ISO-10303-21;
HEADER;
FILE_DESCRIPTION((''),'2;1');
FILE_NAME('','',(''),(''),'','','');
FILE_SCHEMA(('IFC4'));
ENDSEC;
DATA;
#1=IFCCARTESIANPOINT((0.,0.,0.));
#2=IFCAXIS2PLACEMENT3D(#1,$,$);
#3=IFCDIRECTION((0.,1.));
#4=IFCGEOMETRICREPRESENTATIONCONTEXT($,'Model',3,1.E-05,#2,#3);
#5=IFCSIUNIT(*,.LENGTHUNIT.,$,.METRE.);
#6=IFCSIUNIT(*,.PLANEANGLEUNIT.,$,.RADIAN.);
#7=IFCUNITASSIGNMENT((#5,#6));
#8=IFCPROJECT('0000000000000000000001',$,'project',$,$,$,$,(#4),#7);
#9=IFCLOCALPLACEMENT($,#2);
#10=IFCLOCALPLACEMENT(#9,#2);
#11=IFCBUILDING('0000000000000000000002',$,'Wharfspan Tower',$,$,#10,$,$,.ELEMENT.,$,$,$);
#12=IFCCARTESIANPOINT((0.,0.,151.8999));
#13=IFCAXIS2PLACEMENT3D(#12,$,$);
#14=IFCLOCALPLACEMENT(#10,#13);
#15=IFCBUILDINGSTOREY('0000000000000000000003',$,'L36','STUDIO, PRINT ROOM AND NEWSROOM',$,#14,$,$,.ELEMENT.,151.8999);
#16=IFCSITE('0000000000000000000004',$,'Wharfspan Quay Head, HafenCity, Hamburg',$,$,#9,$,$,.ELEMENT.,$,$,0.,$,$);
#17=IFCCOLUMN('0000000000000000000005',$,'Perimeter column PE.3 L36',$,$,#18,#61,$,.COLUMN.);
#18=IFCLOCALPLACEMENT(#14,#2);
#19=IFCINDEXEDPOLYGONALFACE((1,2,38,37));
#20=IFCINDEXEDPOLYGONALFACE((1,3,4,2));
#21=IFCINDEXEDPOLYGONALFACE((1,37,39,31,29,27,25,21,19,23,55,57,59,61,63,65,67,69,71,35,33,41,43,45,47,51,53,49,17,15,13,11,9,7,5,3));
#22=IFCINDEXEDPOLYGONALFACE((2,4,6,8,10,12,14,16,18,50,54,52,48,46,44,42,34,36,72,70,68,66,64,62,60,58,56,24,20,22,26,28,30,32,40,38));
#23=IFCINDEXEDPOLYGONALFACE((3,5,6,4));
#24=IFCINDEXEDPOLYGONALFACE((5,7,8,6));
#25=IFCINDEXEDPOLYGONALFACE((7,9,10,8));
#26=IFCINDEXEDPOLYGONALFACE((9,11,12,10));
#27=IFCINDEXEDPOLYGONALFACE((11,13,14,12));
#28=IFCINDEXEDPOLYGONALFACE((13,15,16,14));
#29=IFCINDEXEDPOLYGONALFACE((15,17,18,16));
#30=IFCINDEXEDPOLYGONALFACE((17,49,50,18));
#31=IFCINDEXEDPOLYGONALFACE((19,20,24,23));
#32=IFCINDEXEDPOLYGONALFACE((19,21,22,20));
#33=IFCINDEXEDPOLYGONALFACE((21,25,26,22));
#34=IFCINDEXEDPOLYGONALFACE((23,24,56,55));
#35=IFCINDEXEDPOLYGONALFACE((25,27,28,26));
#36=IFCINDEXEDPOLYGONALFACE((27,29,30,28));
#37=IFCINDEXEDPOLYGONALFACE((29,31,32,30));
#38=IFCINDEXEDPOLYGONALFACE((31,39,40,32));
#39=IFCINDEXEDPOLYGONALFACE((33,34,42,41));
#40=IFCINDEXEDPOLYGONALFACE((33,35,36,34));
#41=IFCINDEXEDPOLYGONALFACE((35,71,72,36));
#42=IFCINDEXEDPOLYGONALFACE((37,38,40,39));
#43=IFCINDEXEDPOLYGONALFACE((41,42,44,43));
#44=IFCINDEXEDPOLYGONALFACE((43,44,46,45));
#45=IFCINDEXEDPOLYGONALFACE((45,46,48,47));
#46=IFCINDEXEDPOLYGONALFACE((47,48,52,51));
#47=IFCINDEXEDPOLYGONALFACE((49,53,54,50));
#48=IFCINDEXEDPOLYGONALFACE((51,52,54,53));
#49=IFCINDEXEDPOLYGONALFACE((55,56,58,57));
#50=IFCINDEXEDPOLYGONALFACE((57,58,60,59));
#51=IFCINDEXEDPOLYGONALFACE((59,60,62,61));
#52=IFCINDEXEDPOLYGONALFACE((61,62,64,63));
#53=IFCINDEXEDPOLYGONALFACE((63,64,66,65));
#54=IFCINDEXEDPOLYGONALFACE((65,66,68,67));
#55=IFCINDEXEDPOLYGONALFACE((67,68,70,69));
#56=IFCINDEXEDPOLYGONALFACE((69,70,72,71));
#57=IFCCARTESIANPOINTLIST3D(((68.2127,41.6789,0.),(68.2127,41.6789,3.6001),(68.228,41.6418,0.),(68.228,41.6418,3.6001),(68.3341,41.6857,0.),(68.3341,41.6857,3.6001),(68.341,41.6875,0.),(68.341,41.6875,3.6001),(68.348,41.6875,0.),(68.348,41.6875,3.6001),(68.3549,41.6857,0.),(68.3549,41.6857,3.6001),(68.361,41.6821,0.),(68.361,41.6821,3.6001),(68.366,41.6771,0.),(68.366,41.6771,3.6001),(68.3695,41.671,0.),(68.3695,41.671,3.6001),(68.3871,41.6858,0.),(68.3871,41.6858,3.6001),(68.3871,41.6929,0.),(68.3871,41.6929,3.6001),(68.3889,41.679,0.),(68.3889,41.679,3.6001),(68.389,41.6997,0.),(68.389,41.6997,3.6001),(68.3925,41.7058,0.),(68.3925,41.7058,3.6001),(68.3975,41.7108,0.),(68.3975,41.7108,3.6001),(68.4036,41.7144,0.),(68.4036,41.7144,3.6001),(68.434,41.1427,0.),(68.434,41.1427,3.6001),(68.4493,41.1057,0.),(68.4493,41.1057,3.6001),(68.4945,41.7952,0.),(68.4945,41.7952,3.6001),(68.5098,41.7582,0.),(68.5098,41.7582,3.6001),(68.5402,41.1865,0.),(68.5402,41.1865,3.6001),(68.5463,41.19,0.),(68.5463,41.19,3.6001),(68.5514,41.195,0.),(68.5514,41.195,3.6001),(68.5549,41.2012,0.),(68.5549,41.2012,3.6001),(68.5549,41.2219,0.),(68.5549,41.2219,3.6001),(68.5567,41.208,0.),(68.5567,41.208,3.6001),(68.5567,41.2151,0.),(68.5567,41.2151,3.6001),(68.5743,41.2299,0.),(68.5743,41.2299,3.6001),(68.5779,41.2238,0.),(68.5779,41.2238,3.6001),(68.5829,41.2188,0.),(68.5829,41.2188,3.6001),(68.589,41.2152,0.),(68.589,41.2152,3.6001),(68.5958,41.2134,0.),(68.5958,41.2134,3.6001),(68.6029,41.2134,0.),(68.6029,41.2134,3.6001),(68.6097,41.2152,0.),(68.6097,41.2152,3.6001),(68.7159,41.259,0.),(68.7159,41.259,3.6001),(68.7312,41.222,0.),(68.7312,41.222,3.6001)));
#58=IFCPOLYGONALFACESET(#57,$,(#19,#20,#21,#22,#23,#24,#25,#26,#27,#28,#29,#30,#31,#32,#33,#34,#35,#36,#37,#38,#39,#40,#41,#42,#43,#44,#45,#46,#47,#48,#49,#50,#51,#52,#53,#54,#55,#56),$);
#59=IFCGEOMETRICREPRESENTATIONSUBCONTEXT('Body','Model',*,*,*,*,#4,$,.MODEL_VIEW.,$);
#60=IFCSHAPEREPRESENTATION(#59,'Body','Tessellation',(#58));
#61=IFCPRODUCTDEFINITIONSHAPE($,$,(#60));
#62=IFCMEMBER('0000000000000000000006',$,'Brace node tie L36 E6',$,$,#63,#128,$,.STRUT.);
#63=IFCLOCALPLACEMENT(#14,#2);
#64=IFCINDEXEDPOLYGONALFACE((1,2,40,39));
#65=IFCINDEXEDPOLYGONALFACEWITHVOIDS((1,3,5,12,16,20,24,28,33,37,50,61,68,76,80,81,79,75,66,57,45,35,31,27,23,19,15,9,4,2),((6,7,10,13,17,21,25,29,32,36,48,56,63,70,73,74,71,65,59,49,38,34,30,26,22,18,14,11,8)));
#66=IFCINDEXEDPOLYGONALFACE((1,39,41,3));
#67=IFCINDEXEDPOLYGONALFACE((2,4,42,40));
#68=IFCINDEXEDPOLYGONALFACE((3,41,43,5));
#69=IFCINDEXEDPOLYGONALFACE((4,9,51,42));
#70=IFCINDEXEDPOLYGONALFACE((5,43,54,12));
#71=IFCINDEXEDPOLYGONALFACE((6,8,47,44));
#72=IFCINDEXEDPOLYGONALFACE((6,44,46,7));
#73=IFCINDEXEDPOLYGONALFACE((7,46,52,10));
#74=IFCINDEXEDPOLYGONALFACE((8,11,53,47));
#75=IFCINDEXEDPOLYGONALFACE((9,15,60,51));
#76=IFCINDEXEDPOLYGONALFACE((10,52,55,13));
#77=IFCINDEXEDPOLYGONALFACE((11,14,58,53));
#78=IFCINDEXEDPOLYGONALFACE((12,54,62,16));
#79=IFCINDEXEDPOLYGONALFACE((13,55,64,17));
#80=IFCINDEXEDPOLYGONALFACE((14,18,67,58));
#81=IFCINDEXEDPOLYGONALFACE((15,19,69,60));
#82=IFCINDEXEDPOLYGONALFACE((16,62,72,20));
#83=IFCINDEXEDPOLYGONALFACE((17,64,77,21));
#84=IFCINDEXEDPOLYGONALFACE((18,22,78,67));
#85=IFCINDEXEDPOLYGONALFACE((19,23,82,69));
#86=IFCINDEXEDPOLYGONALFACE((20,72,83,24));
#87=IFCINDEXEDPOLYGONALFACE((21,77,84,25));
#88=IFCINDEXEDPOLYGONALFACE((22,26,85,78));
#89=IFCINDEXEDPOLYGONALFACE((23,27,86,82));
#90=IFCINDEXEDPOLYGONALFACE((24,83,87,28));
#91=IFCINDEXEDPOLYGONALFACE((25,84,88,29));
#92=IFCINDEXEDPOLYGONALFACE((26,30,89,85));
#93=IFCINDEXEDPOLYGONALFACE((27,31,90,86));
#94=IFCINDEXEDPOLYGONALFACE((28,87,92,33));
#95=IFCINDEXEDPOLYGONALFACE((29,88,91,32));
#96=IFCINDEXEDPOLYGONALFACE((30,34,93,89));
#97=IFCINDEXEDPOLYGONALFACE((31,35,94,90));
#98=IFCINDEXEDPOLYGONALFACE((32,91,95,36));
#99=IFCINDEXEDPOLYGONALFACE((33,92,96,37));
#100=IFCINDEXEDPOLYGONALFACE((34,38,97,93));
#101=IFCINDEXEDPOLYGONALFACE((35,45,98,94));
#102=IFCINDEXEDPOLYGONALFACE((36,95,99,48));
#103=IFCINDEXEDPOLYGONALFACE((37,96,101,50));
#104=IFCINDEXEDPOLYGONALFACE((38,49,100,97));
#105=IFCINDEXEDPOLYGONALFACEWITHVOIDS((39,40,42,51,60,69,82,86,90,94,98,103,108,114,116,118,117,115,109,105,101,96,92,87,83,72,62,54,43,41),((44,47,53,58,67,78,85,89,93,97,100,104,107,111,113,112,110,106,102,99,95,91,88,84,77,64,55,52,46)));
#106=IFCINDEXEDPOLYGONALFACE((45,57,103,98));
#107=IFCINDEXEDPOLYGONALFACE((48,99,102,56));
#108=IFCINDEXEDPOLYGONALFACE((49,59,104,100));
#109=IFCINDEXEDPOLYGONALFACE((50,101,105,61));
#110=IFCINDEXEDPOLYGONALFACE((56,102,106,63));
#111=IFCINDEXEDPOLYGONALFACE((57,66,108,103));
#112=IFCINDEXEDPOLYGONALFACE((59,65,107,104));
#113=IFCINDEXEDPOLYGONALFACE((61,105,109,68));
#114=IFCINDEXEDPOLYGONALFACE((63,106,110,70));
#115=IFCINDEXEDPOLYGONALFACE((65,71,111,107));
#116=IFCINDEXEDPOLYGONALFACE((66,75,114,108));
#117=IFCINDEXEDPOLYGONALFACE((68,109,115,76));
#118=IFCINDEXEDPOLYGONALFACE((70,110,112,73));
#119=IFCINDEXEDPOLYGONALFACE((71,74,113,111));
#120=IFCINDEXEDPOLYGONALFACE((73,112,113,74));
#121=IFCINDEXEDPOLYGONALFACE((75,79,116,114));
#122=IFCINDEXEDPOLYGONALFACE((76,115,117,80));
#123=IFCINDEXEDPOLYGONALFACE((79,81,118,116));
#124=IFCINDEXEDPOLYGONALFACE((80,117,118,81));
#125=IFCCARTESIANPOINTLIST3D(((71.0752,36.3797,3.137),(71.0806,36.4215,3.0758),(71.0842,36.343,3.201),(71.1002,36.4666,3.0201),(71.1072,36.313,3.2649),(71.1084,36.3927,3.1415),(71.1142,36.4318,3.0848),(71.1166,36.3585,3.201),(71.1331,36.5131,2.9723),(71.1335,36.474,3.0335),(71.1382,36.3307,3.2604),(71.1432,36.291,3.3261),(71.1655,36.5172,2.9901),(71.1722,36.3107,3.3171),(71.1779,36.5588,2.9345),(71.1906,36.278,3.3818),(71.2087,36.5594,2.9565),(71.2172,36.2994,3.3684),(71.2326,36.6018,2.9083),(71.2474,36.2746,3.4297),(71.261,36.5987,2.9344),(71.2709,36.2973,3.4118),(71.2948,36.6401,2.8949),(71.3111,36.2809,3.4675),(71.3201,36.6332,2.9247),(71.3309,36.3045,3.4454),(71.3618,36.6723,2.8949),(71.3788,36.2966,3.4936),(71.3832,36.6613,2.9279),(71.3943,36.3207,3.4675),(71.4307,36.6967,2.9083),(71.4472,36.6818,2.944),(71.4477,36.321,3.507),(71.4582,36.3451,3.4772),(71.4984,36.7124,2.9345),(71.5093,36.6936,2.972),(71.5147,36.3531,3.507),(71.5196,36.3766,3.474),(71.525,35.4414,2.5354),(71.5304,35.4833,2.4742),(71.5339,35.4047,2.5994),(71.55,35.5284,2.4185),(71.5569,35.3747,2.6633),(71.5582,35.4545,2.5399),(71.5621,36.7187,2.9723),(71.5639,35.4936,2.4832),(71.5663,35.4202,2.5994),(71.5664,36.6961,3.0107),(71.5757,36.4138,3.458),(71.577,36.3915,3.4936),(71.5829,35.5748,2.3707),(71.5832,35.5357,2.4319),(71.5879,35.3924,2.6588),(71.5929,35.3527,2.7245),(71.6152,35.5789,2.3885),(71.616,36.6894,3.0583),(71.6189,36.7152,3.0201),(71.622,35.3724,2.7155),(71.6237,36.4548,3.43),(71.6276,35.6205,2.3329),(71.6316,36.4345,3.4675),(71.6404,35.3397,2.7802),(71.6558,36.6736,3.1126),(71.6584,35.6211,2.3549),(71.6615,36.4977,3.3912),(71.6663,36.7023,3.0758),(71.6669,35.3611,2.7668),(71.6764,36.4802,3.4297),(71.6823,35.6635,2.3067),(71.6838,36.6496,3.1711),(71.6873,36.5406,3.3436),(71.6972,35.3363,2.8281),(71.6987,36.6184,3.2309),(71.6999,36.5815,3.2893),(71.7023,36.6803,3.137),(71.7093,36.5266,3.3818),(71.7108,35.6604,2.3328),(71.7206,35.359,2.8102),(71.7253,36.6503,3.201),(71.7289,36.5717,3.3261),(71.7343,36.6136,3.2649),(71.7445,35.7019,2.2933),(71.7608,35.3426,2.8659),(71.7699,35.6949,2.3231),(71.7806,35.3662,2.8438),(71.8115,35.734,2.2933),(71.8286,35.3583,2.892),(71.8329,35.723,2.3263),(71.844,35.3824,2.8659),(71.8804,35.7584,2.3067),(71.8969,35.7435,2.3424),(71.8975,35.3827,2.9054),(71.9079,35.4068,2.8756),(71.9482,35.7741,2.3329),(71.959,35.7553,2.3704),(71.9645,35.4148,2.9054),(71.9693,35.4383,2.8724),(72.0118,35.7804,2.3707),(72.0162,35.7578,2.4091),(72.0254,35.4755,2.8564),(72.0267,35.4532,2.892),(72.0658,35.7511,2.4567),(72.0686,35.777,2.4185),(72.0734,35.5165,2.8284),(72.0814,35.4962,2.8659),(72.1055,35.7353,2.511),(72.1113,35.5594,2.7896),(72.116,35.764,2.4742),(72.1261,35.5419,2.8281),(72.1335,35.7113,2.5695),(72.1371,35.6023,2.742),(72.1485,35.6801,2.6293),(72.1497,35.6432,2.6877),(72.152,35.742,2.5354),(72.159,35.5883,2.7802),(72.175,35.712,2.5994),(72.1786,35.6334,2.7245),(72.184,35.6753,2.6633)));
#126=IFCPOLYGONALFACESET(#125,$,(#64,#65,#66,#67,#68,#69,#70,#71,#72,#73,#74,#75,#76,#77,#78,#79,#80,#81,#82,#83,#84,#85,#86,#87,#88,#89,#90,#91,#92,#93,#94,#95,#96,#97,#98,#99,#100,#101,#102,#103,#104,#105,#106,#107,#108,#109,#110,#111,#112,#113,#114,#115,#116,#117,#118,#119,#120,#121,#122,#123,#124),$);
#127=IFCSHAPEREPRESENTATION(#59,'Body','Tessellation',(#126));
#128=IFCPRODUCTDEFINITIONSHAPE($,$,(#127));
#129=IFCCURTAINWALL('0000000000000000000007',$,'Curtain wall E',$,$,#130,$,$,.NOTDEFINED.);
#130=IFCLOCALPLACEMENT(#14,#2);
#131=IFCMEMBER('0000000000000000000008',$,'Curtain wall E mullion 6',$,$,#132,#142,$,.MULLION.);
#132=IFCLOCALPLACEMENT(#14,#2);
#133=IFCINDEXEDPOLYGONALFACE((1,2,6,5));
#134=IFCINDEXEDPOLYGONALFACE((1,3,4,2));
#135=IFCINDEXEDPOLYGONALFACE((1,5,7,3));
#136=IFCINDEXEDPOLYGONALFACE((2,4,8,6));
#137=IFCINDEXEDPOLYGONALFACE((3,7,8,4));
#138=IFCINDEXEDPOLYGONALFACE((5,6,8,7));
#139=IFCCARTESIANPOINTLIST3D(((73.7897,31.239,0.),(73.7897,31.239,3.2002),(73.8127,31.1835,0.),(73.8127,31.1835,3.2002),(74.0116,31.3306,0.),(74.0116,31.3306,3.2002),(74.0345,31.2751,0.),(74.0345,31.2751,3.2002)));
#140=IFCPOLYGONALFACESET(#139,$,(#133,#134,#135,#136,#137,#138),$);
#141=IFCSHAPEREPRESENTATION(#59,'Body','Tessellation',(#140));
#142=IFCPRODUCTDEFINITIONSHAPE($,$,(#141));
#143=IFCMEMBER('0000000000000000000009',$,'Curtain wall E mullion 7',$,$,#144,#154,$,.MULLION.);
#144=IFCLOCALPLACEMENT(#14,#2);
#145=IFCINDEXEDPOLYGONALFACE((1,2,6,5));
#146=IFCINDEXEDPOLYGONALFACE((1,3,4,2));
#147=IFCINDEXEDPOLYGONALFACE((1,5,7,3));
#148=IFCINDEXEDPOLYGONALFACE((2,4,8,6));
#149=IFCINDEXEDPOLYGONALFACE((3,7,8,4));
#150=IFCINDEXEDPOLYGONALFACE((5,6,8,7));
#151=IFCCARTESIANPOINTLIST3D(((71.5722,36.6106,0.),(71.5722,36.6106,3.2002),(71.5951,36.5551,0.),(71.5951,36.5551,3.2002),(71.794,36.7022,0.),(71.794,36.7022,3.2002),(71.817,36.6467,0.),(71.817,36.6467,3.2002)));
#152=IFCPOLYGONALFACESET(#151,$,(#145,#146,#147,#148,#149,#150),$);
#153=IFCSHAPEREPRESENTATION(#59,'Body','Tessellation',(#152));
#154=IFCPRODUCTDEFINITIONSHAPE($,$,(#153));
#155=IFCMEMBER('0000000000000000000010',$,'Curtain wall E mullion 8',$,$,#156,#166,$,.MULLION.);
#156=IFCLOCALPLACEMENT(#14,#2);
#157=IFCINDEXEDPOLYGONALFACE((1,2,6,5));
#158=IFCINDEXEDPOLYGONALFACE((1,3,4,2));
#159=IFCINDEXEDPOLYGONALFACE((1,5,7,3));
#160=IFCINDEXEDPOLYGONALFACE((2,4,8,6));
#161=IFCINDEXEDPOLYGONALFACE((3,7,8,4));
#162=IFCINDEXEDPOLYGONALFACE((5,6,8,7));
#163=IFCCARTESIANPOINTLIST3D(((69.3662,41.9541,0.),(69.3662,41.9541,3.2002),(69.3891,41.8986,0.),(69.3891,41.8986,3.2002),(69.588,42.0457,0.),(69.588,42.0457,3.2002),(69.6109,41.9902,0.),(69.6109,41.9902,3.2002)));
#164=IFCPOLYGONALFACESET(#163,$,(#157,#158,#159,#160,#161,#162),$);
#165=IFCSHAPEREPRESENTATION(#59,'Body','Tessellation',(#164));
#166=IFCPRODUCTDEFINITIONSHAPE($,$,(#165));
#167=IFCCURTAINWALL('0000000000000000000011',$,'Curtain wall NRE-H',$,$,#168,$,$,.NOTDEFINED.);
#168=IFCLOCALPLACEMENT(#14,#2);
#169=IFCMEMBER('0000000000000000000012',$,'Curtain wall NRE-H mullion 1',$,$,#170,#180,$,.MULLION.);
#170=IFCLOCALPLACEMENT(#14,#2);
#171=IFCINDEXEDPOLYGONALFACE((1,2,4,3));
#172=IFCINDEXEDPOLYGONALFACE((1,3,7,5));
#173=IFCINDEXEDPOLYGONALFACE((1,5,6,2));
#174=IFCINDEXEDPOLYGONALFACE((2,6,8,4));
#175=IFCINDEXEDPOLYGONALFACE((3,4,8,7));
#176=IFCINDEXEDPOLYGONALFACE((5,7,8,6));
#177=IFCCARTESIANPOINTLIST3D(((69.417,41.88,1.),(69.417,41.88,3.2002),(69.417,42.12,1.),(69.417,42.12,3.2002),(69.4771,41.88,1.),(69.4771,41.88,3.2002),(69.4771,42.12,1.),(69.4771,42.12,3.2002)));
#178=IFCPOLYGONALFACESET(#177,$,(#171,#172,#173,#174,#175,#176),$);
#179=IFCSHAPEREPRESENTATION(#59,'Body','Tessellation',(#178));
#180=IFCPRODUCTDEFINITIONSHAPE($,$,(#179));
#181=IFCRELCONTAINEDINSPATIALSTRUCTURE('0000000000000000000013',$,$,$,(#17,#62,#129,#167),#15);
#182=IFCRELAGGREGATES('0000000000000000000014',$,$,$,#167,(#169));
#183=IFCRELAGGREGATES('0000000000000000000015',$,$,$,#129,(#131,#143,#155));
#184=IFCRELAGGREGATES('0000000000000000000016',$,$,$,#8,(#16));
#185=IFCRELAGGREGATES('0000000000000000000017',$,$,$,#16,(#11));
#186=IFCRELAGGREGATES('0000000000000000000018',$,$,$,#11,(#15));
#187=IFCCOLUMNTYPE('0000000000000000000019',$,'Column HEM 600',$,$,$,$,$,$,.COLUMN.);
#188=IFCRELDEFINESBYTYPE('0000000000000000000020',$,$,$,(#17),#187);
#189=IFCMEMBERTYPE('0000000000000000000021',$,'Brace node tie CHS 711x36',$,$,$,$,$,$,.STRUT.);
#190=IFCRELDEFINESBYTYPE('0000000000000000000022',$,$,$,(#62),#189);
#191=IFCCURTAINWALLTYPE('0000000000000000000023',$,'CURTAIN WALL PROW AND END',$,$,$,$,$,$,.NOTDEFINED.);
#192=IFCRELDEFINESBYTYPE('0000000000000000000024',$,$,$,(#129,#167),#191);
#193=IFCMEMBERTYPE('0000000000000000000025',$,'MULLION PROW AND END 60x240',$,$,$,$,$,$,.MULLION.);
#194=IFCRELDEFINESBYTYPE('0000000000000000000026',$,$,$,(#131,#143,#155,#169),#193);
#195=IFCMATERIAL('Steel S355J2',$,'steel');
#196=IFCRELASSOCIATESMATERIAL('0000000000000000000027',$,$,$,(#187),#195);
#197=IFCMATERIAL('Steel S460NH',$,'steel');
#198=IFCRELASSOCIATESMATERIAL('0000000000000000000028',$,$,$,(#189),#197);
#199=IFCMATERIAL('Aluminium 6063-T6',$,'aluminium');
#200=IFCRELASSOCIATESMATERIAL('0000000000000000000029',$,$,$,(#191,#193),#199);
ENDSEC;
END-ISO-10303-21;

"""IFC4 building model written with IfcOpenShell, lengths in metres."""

from ifc_helpers import new_model, si_unit, direction, frame, origin, origin_2d, place, context, subcontext, project, spatial, rectangle, hollow_circle, i_section, extrude, material, material_profile, profile_set, type_object, element, aggregate, save


model = new_model("IFC4")

# Units and contexts
model_context = context("Model", 3, precision=1e-05, world=origin(), true_north=direction((0.0, 1.0)))
body_context = subcontext(model_context, "Body", "Model", "MODEL_VIEW")
ifc_project = project(units=[si_unit("LENGTHUNIT", "METRE"), si_unit("PLANEANGLEUNIT", "RADIAN")], contexts=[model_context])

# Site, building, storey
site_placement = place(None, origin())
site = spatial("IfcSite", under=ifc_project, at=site_placement, Name="Wharfspan Quay Head, HafenCity, Hamburg", CompositionType="ELEMENT", RefElevation=0.0)
building_placement = place(site_placement, origin())
building = spatial("IfcBuilding", under=site, at=building_placement, Name="Wharfspan Tower", CompositionType="ELEMENT")
storey_placement = place(building_placement, frame((0.0, 0.0, 151.8999)))
storey = spatial("IfcBuildingStorey", under=building, at=storey_placement, Name="L36", Description="STUDIO, PRINT ROOM AND NEWSROOM", CompositionType="ELEMENT", Elevation=151.8999)

# Column
ifc_material_1 = material(Name="Steel S355J2", Category="steel")
ifc_material_profile_1 = material_profile(ifc_material_1, i_section(OverallWidth=0.3049, OverallDepth=0.6201, WebThickness=0.021, FlangeThickness=0.04, FilletRadius=0.0271, at=origin_2d()))
ifc_profile_set_1 = profile_set([ifc_material_profile_1], Name="Steel S355J2")
column_type = type_object("IfcColumnType", Name="Column HEM 600", PredefinedType="COLUMN", material=ifc_profile_set_1)
column_placement = place(storey_placement, frame((68.4719, 41.4504, 0.0), z_axis=(0.0, 0.0, 1.0), x_axis=(0.924325, 0.381602, 0.0)))
element("IfcColumn", 1, at=column_placement, inside=storey, type_object=column_type, Name="Perimeter column PE.3 L36", PredefinedType="COLUMN", context=body_context, shape_type="SweptSolid", body=[
    extrude(i_section(OverallWidth=0.3049, OverallDepth=0.6201, WebThickness=0.021, FlangeThickness=0.04, FilletRadius=0.0271, at=origin_2d()), origin(), (0.0, 0.0, 1.0), 3.6001),
])

# Member
ifc_material_2 = material(Name="Steel S460NH", Category="steel")
ifc_material_profile_2 = material_profile(ifc_material_2, hollow_circle(Radius=0.3555, WallThickness=0.0359, at=origin_2d()))
ifc_profile_set_2 = profile_set([ifc_material_profile_2], Name="Steel S460NH")
member_type_1 = type_object("IfcMemberType", Name="Brace node tie CHS 711x36", PredefinedType="STRUT", material=ifc_profile_set_2)
member_1_placement = place(storey_placement, frame((71.8545, 35.5583, 2.5994), z_axis=(-0.374185, 0.78067, 0.500539), x_axis=(-0.901769, -0.432228, -0.000002)))
element("IfcMember", 2, at=member_1_placement, inside=storey, type_object=member_type_1, Name="Brace node tie L36 E6", PredefinedType="STRUT", context=body_context, shape_type="SweptSolid", body=[
    extrude(hollow_circle(Radius=0.3555, WallThickness=0.0359, at=origin_2d()), origin(), (0.0, 0.0, 1.0), 1.2019),
])

# Curtain wall, members
ifc_material_3 = material(Name="Aluminium 6063-T6", Category="aluminium")
curtain_wall_type = type_object("IfcCurtainWallType", Name="CURTAIN WALL PROW AND END", PredefinedType="NOTDEFINED", material=ifc_material_3)
curtain_wall_1_placement = place(storey_placement, origin())
curtain_wall_1 = element("IfcCurtainWall", 3, at=curtain_wall_1_placement, inside=storey, type_object=curtain_wall_type, Name="Curtain wall E", PredefinedType="NOTDEFINED")
ifc_material_profile_3 = material_profile(ifc_material_3, rectangle(XDim=0.24, YDim=0.0601, at=origin_2d()))
ifc_profile_set_3 = profile_set([ifc_material_profile_3], Name="Aluminium 6063-T6")
member_type_2 = type_object("IfcMemberType", Name="MULLION PROW AND END 60x240", PredefinedType="MULLION", material=ifc_profile_set_3)
member_2_placement = place(storey_placement, frame((73.9121, 31.2571, 0.0), z_axis=(0.0, 0.0, 1.0), x_axis=(-0.924325, -0.381602, 0.0)))
member_2 = element("IfcMember", 4, at=member_2_placement, type_object=member_type_2, Name="Curtain wall E mullion 6", PredefinedType="MULLION", context=body_context, shape_type="SweptSolid", body=[
    extrude(rectangle(XDim=0.24, YDim=0.0601, at=origin_2d()), origin(), (0.0, 0.0, 1.0), 3.2002),
])
member_3_placement = place(storey_placement, frame((71.6946, 36.6287, 0.0), z_axis=(0.0, 0.0, 1.0), x_axis=(-0.924325, -0.381602, 0.0)))
member_3 = element("IfcMember", 5, at=member_3_placement, type_object=member_type_2, Name="Curtain wall E mullion 7", PredefinedType="MULLION", context=body_context, shape_type="SweptSolid", body=[
    extrude(rectangle(XDim=0.24, YDim=0.0601, at=origin_2d()), origin(), (0.0, 0.0, 1.0), 3.2002),
])
member_4_placement = place(storey_placement, frame((69.4885, 41.9722, 0.0), z_axis=(0.0, 0.0, 1.0), x_axis=(-0.924325, -0.381602, 0.0)))
member_4 = element("IfcMember", 6, at=member_4_placement, type_object=member_type_2, Name="Curtain wall E mullion 8", PredefinedType="MULLION", context=body_context, shape_type="SweptSolid", body=[
    extrude(rectangle(XDim=0.24, YDim=0.0601, at=origin_2d()), origin(), (0.0, 0.0, 1.0), 3.2002),
])

# Curtain wall, member
curtain_wall_2_placement = place(storey_placement, origin())
curtain_wall_2 = element("IfcCurtainWall", 7, at=curtain_wall_2_placement, inside=storey, type_object=curtain_wall_type, Name="Curtain wall NRE-H", PredefinedType="NOTDEFINED")
member_5_placement = place(storey_placement, frame((69.447, 42.0, 1.0), z_axis=(0.0, 0.0, 1.0), x_axis=(0.0, -1.0, 0.0)))
member_5 = element("IfcMember", 8, at=member_5_placement, type_object=member_type_2, Name="Curtain wall NRE-H mullion 1", PredefinedType="MULLION", context=body_context, shape_type="SweptSolid", body=[
    extrude(rectangle(XDim=0.24, YDim=0.0601, at=origin_2d()), origin(), (0.0, 0.0, 1.0), 2.2002),
])

aggregate(curtain_wall_2, [member_5])
aggregate(curtain_wall_1, [member_2, member_3, member_4])

save(model, "model.ifc")
